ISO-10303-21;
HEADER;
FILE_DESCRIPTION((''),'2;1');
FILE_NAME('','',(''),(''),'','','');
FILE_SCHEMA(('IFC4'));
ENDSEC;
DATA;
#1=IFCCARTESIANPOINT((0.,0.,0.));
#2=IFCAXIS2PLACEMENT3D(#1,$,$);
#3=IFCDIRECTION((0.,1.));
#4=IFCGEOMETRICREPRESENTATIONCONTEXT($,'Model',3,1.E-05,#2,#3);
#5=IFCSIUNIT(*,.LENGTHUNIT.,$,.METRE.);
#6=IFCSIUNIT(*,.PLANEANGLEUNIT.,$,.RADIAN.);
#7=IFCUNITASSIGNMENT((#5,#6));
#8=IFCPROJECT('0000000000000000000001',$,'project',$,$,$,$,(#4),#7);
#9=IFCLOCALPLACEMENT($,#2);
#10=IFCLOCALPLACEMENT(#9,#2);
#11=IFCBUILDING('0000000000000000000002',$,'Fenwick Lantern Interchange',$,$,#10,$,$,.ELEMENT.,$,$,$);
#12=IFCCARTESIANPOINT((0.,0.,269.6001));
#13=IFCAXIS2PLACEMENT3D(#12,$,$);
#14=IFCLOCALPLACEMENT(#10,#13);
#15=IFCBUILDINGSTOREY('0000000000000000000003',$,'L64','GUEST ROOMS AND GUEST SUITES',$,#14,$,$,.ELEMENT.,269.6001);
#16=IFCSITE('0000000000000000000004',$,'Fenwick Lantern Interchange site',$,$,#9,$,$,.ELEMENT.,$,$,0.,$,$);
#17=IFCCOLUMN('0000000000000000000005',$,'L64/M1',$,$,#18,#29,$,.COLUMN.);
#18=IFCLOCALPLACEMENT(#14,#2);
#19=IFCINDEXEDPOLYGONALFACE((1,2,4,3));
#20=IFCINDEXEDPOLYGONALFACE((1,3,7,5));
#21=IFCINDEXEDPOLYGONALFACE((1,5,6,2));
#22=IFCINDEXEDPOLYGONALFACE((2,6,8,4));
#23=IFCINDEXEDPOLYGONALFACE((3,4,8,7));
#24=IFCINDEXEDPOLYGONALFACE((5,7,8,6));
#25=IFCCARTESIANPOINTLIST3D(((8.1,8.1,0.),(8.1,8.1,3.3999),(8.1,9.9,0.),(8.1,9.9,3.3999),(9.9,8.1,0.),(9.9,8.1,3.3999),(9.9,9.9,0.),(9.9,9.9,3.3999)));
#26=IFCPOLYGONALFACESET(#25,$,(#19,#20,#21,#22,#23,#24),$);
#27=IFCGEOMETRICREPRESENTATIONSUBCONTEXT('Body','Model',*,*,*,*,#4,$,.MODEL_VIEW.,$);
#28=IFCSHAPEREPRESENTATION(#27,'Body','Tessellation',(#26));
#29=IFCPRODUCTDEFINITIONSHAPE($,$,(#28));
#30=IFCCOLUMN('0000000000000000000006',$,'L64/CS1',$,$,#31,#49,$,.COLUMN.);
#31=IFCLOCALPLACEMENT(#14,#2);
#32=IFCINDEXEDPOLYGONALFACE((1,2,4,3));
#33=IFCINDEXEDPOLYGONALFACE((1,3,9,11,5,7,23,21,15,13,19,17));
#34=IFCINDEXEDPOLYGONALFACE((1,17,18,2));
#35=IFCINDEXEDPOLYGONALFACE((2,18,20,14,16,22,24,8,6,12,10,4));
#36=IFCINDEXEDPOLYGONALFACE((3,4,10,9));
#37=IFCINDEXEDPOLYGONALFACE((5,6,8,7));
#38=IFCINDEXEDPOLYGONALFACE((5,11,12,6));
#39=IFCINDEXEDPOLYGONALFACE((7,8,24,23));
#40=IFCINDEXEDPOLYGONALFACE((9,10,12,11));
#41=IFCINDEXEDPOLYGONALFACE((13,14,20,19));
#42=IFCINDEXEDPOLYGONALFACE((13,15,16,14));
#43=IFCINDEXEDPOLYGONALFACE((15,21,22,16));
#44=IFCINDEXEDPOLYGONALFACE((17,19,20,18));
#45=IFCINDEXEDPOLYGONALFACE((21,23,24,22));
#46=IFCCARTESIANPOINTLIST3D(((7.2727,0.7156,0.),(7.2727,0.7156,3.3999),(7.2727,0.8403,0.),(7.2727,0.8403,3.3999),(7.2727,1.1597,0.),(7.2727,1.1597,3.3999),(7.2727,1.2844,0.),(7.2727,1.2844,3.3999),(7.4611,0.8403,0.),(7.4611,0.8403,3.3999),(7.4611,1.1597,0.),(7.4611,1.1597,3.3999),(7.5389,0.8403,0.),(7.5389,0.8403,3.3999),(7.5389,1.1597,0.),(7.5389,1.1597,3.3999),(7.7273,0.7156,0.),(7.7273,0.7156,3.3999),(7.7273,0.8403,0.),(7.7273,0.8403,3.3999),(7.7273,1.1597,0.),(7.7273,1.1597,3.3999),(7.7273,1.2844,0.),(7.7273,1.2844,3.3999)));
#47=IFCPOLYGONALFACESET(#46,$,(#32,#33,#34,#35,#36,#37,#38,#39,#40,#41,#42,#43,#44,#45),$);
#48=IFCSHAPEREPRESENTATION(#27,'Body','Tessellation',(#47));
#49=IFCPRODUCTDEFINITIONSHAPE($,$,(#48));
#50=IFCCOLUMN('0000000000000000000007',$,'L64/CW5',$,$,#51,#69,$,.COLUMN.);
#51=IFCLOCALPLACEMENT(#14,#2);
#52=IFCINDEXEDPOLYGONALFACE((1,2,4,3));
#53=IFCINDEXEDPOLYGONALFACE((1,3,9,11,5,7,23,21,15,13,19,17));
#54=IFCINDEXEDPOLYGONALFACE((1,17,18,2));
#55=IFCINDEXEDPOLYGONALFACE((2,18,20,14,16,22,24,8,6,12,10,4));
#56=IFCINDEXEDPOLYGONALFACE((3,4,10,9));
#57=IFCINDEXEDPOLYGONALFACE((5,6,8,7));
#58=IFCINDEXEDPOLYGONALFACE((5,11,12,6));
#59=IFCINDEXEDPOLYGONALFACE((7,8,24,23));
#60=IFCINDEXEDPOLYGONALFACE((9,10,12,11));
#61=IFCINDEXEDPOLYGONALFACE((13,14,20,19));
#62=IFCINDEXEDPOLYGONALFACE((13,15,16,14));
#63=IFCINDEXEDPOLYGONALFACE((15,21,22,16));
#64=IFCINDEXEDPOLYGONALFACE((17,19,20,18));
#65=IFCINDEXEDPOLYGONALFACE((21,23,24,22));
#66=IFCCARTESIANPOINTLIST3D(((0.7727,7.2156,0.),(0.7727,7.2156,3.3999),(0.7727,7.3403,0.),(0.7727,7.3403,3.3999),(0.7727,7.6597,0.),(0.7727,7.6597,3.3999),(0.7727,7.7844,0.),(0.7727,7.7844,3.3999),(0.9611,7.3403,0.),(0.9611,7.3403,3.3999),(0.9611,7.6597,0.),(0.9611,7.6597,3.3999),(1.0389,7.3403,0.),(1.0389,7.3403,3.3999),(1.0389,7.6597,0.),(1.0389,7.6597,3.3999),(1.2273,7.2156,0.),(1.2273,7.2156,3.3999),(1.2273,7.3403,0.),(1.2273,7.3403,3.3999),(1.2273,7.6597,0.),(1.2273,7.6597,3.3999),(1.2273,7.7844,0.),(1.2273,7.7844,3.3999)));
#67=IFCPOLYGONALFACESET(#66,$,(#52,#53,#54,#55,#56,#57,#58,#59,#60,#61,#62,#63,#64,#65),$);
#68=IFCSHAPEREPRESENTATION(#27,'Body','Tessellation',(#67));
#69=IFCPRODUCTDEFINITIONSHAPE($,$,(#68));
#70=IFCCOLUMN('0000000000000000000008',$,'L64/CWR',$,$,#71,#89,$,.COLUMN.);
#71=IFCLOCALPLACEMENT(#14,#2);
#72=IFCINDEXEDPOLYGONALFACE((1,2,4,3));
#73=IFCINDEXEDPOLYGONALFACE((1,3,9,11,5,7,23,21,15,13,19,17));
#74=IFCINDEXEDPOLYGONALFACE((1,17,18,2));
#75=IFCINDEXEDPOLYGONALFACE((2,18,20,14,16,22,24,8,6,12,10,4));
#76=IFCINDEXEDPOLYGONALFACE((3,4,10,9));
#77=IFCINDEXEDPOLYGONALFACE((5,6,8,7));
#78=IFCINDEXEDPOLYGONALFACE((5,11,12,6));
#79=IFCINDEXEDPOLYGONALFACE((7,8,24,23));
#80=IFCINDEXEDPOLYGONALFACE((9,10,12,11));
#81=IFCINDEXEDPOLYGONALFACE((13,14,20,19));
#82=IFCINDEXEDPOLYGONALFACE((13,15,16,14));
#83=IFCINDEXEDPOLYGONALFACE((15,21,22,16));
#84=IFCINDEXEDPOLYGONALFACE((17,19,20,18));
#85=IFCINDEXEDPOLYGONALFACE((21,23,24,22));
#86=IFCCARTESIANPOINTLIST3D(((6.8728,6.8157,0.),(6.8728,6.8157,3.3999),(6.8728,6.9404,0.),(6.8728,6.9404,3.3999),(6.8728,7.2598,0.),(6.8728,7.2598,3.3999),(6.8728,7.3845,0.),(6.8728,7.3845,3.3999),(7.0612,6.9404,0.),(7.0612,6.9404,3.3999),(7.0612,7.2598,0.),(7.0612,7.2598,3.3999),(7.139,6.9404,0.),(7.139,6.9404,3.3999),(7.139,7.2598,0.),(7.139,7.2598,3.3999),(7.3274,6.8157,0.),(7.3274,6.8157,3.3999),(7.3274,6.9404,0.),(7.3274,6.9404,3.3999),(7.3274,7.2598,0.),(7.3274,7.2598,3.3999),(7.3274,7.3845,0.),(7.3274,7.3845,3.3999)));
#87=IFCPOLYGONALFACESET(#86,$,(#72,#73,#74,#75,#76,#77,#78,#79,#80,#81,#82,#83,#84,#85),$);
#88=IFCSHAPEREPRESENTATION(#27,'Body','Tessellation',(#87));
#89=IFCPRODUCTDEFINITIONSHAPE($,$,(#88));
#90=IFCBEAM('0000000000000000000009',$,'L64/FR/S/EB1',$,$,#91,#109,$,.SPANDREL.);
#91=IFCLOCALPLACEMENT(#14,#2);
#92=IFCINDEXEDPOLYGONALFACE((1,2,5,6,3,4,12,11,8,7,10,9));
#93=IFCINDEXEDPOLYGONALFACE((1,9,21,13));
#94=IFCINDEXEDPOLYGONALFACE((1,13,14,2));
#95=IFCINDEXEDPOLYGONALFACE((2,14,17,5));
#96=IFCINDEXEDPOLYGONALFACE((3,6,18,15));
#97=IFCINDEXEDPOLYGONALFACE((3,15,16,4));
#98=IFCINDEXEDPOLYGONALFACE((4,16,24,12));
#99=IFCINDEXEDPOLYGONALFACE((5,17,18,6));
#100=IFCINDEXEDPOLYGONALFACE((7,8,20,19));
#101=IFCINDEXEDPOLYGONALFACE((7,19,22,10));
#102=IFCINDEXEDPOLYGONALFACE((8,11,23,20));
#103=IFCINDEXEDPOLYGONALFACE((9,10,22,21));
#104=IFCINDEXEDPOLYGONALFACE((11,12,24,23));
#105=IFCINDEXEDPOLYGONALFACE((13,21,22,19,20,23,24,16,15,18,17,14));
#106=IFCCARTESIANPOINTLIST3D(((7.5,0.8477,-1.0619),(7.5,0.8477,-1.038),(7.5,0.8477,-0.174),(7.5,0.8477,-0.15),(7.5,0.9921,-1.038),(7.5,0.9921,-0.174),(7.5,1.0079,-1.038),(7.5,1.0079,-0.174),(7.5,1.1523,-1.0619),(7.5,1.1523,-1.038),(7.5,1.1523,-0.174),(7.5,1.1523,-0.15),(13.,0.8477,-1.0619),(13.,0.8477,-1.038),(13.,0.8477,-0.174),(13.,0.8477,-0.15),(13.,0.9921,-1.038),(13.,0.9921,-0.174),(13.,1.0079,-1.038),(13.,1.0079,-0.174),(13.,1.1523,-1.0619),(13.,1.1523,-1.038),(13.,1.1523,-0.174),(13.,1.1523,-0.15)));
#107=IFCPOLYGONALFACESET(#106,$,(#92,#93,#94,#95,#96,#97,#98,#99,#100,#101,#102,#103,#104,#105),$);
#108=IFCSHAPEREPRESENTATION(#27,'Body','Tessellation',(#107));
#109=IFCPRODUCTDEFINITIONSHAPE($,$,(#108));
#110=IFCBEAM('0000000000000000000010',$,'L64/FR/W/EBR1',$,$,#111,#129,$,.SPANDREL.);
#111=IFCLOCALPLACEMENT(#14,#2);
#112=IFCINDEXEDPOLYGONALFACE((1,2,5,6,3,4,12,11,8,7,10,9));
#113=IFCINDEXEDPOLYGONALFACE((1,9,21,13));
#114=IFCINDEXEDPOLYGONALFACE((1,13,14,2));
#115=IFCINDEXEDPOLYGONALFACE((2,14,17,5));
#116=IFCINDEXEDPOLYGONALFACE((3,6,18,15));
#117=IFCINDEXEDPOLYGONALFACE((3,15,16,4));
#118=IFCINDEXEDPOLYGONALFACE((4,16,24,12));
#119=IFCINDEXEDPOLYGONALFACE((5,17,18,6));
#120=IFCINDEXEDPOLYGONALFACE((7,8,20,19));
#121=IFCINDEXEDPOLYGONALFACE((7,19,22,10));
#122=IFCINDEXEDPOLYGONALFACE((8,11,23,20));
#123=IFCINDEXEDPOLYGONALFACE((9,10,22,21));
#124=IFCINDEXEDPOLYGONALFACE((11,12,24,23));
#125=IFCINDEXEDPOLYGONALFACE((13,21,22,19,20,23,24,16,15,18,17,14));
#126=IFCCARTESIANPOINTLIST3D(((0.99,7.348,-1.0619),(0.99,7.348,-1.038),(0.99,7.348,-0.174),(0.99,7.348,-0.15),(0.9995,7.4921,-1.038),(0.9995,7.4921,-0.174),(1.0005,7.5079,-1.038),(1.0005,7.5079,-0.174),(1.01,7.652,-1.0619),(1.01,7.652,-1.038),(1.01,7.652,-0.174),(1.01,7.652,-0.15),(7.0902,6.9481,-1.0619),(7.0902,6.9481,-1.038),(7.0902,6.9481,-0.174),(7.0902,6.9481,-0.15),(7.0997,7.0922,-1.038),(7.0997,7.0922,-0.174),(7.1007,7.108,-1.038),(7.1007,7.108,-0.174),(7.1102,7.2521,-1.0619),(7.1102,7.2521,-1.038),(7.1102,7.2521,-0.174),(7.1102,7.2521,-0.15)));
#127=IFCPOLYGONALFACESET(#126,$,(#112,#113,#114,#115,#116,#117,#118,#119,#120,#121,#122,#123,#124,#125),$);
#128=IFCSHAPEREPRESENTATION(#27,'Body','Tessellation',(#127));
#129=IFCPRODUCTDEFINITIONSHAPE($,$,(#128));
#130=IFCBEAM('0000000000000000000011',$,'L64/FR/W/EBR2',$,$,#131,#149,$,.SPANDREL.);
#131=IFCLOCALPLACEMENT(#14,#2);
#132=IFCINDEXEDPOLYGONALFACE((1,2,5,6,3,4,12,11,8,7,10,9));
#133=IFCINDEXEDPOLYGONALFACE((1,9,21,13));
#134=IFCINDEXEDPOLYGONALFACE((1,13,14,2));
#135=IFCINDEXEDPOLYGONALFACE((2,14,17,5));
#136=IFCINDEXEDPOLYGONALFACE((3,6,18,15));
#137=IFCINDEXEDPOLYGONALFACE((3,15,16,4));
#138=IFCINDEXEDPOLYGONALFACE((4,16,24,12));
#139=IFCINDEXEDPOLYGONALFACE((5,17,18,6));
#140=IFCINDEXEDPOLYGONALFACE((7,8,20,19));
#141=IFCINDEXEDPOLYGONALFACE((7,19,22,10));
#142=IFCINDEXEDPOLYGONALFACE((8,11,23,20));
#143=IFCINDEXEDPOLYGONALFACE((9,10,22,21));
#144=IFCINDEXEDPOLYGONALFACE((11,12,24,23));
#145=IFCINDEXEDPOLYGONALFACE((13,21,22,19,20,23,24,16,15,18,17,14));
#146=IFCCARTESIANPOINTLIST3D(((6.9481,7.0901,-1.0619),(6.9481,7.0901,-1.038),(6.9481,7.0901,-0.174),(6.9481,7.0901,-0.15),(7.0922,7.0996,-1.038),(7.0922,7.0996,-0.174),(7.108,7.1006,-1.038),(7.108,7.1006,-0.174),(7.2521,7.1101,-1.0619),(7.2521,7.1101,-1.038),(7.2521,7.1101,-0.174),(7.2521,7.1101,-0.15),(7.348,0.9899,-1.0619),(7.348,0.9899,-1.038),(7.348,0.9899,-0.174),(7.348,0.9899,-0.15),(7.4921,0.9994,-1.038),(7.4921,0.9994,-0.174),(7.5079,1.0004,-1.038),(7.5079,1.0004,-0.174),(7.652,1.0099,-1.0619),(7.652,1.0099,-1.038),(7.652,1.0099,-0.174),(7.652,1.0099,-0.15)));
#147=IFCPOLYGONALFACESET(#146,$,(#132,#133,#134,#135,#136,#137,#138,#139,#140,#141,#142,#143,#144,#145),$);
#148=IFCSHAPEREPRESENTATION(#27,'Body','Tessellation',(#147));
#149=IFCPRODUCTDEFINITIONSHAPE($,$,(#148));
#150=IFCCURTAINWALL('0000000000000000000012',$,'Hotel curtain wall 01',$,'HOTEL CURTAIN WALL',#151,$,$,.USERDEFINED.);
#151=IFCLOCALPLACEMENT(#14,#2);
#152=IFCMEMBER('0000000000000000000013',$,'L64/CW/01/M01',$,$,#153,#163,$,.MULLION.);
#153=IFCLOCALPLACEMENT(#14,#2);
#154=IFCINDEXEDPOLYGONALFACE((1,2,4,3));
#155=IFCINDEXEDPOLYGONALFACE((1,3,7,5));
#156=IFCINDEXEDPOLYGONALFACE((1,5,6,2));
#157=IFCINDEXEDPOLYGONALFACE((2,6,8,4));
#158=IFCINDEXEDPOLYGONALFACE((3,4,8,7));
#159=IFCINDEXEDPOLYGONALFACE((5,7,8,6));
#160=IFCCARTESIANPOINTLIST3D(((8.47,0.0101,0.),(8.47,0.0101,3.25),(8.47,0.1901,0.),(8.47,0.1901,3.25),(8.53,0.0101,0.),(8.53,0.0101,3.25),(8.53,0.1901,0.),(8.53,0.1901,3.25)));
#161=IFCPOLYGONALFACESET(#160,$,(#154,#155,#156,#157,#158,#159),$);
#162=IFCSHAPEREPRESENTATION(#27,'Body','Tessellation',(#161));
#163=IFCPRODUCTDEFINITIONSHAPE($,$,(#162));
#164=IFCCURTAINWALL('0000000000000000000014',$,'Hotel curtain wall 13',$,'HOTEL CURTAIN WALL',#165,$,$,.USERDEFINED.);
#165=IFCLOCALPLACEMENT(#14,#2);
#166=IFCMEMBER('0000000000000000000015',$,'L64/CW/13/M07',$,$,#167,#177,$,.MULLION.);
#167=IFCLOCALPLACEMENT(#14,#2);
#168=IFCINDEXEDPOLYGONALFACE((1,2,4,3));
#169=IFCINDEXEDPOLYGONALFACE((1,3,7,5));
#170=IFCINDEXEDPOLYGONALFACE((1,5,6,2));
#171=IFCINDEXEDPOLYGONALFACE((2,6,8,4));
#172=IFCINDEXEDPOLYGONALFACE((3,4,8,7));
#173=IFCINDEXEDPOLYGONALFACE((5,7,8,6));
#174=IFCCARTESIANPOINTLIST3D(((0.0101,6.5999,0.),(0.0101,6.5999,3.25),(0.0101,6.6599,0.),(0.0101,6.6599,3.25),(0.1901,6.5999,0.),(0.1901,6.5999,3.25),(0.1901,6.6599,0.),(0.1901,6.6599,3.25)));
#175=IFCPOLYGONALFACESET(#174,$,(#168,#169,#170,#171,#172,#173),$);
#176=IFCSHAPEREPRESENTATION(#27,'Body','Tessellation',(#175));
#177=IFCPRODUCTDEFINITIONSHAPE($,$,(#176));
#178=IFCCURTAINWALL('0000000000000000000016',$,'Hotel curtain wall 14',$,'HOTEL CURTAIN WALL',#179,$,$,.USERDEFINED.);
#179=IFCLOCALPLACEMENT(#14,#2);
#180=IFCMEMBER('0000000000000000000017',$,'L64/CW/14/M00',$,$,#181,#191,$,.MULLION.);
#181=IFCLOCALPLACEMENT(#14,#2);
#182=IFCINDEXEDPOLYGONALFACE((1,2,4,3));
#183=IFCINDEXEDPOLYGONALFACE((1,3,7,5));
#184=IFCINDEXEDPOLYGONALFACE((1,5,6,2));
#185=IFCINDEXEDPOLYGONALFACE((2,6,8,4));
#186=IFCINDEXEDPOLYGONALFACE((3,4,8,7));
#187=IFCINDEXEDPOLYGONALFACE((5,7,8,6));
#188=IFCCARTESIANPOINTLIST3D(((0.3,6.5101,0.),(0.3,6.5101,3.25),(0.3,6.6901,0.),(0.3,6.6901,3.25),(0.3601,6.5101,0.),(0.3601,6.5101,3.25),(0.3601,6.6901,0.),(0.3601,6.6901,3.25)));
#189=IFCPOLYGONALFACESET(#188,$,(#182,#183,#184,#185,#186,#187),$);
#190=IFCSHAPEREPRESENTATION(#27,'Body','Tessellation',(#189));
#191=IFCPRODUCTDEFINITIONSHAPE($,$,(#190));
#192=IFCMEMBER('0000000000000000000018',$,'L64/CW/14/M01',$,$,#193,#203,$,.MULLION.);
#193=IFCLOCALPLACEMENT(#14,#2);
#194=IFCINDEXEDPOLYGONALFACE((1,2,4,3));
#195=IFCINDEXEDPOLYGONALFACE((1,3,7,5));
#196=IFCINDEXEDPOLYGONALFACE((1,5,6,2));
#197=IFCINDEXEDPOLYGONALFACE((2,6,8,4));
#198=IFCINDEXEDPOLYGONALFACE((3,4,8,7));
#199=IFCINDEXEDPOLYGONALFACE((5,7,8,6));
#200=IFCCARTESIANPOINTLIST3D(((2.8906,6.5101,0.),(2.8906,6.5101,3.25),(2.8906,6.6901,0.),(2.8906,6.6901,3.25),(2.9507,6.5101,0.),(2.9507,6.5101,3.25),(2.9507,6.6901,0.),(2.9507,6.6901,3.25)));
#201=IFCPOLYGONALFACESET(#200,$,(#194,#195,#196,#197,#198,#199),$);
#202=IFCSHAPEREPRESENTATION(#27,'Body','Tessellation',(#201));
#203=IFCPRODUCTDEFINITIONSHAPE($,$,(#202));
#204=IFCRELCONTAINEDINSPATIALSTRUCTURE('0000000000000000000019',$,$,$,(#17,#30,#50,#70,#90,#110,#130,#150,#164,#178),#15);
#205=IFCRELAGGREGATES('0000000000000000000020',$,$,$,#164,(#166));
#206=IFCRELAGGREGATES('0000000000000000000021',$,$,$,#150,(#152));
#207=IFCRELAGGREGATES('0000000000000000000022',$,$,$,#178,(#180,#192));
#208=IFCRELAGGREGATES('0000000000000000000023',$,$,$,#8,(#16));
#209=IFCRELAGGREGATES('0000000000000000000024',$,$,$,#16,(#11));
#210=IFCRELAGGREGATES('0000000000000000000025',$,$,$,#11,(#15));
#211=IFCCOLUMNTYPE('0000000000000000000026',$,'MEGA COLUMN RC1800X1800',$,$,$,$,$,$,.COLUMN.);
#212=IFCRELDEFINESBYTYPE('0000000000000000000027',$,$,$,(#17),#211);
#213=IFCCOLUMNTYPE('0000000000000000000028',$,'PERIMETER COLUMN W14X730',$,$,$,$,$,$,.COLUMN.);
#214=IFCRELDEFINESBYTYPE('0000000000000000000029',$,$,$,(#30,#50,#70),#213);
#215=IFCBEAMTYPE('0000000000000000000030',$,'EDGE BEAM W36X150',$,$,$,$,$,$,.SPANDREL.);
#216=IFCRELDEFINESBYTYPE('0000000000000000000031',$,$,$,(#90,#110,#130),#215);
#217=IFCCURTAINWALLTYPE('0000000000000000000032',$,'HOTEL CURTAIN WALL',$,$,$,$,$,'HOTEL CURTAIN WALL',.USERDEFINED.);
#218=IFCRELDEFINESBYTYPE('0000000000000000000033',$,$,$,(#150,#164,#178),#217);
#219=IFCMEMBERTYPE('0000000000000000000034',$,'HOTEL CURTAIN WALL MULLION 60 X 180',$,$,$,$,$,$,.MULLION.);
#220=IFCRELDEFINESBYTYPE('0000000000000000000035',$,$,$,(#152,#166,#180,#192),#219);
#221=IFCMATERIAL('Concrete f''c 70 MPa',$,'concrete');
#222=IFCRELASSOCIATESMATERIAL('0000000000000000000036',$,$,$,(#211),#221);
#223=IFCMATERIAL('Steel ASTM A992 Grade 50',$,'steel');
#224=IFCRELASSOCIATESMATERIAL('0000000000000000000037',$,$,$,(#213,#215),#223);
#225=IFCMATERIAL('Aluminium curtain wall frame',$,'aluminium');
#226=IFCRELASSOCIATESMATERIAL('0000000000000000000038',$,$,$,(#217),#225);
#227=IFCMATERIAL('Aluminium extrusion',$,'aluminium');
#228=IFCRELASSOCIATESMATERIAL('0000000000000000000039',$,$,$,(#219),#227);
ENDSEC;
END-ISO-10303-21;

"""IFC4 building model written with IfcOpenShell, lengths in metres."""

from ifc_helpers import new_model, si_unit, direction, frame, origin, origin_2d, place, context, subcontext, project, spatial, rectangle, i_section, extrude, material, material_profile, profile_set, type_object, element, aggregate, save


model = new_model("IFC4")

# Units and contexts
model_context = context("Model", 3, precision=1e-05, world=origin(), true_north=direction((0.0, 1.0)))
body_context = subcontext(model_context, "Body", "Model", "MODEL_VIEW")
ifc_project = project(units=[si_unit("LENGTHUNIT", "METRE"), si_unit("PLANEANGLEUNIT", "RADIAN")], contexts=[model_context])

# Site, building, storey
site_placement = place(None, origin())
site = spatial("IfcSite", under=ifc_project, at=site_placement, Name="Fenwick Lantern Interchange site", CompositionType="ELEMENT", RefElevation=0.0)
building_placement = place(site_placement, origin())
building = spatial("IfcBuilding", under=site, at=building_placement, Name="Fenwick Lantern Interchange", CompositionType="ELEMENT")
storey_placement = place(building_placement, frame((0.0, 0.0, 269.6001)))
storey = spatial("IfcBuildingStorey", under=building, at=storey_placement, Name="L64", Description="GUEST ROOMS AND GUEST SUITES", CompositionType="ELEMENT", Elevation=269.6001)

# Columns
ifc_material_1 = material(Name="Concrete f'c 70 MPa", Category="concrete")
ifc_material_profile_1 = material_profile(ifc_material_1, rectangle(XDim=1.8, YDim=1.8, at=origin_2d()), Name="RC1800X1800")
ifc_profile_set_1 = profile_set([ifc_material_profile_1], Name="Concrete f'c 70 MPa")
column_type_1 = type_object("IfcColumnType", Name="MEGA COLUMN RC1800X1800", PredefinedType="COLUMN", material=ifc_profile_set_1)
column_placement = place(storey_placement, frame((9.0, 9.0, 0.0), z_axis=(0.0, 0.0, 1.0), x_axis=(1.0, 0.0, 0.0)))
element("IfcColumn", 1, at=column_placement, inside=storey, type_object=column_type_1, Name="L64/M1", PredefinedType="COLUMN", context=body_context, shape_type="SweptSolid", body=[
    extrude(rectangle(XDim=1.8, YDim=1.8, at=origin_2d()), origin(), (0.0, 0.0, 1.0), 3.3999),
])
ifc_material_2 = material(Name="Steel ASTM A992 Grade 50", Category="steel")
ifc_material_profile_2 = material_profile(ifc_material_2, i_section(OverallWidth=0.4546, OverallDepth=0.5688, WebThickness=0.0779, FlangeThickness=0.1248, at=origin_2d()), Name="W14X730")
ifc_profile_set_2 = profile_set([ifc_material_profile_2], Name="Steel ASTM A992 Grade 50")
column_type_2 = type_object("IfcColumnType", Name="PERIMETER COLUMN W14X730", PredefinedType="COLUMN", material=ifc_profile_set_2)
for number, where, z_axis, x_axis, name in (
    (2, (7.5, 1.0, 0.0), (0.0, 0.0, 1.0), (1.0, 0.0, 0.0), "L64/CS1"),
    (3, (1.0, 7.5, 0.0), (0.0, 0.0, 1.0), (1.0, 0.0, 0.0), "L64/CW5"),
    (4, (7.1001, 7.1001, 0.0), (0.0, 0.0, 1.0), (1.0, 0.0, 0.0), "L64/CWR"),
):
    element("IfcColumn", number, at=place(storey_placement, frame(where, z_axis=z_axis, x_axis=x_axis)), inside=storey, type_object=column_type_2, Name=name, PredefinedType="COLUMN", context=body_context, shape_type="SweptSolid", body=[
        extrude(i_section(OverallWidth=0.4546, OverallDepth=0.5688, WebThickness=0.0779, FlangeThickness=0.1248, at=origin_2d()), origin(), (0.0, 0.0, 1.0), 3.3999),
    ])

# Beams
ifc_material_profile_3 = material_profile(ifc_material_2, i_section(OverallWidth=0.3047, OverallDepth=0.9119, WebThickness=0.0159, FlangeThickness=0.0239, at=origin_2d()), Name="W36X150")
ifc_profile_set_3 = profile_set([ifc_material_profile_3], Name="Steel ASTM A992 Grade 50")
beam_type_1 = type_object("IfcBeamType", Name="EDGE BEAM W36X150", PredefinedType="SPANDREL", material=ifc_profile_set_3)
beam_1_placement = place(storey_placement, frame((7.5, 1.0, -0.606), z_axis=(1.0, 0.0, 0.0), x_axis=(0.0, 1.0, 0.0)))
element("IfcBeam", 5, at=beam_1_placement, inside=storey, type_object=beam_type_1, Name="L64/FR/S/EB1", PredefinedType="SPANDREL", context=body_context, shape_type="SweptSolid", body=[
    extrude(i_section(OverallWidth=0.3047, OverallDepth=0.9119, WebThickness=0.0159, FlangeThickness=0.0239, at=origin_2d()), origin(), (0.0, 0.0, 1.0), 5.5),
])
for number, where, z_axis, x_axis, name in (
    (6, (1.0, 7.5, -0.606), (0.997858, -0.065416, 0.0), (0.065416, 0.997858, 0.0), "L64/FR/W/EBR1"),
    (7, (7.1001, 7.1001, -0.606), (0.065416, -0.997858, 0.0), (0.997858, 0.065416, 0.0), "L64/FR/W/EBR2"),
):
    element("IfcBeam", number, at=place(storey_placement, frame(where, z_axis=z_axis, x_axis=x_axis)), inside=storey, type_object=beam_type_1, Name=name, PredefinedType="SPANDREL", context=body_context, shape_type="SweptSolid", body=[
        extrude(i_section(OverallWidth=0.3047, OverallDepth=0.9119, WebThickness=0.0159, FlangeThickness=0.0239, at=origin_2d()), origin(), (0.0, 0.0, 1.0), 6.1133),
    ])

# Curtain walls, members
ifc_material_3 = material(Name="Aluminium curtain wall frame", Category="aluminium")
curtain_wall_type = type_object("IfcCurtainWallType", Name="HOTEL CURTAIN WALL", ElementType="HOTEL CURTAIN WALL", PredefinedType="USERDEFINED", material=ifc_material_3)
curtain_wall_1_placement = place(storey_placement, origin())
curtain_wall_1 = element("IfcCurtainWall", 8, at=curtain_wall_1_placement, inside=storey, type_object=curtain_wall_type, Name="Hotel curtain wall 01", ObjectType="HOTEL CURTAIN WALL", PredefinedType="USERDEFINED")
ifc_material_4 = material(Name="Aluminium extrusion", Category="aluminium")
ifc_material_profile_4 = material_profile(ifc_material_4, rectangle(XDim=0.1799, YDim=0.0601, at=origin_2d()), Name="HOTEL CURTAIN WALL MULLION 60 X 180")
ifc_profile_set_4 = profile_set([ifc_material_profile_4], Name="Aluminium extrusion")
member_type_1 = type_object("IfcMemberType", Name="HOTEL CURTAIN WALL MULLION 60 X 180", PredefinedType="MULLION", material=ifc_profile_set_4)
member_1_placement = place(storey_placement, frame((8.5, 0.1001, 0.0), z_axis=(0.0, 0.0, 1.0), x_axis=(0.0, 1.0, 0.0)))
member_1 = element("IfcMember", 9, at=member_1_placement, type_object=member_type_1, Name="L64/CW/01/M01", PredefinedType="MULLION", context=body_context, shape_type="SweptSolid", body=[
    extrude(rectangle(XDim=0.1799, YDim=0.0601, at=origin_2d()), origin(), (0.0, 0.0, 1.0), 3.25),
])
curtain_wall_2_placement = place(storey_placement, origin())
curtain_wall_2 = element("IfcCurtainWall", 10, at=curtain_wall_2_placement, inside=storey, type_object=curtain_wall_type, Name="Hotel curtain wall 13", ObjectType="HOTEL CURTAIN WALL", PredefinedType="USERDEFINED")
member_2_placement = place(storey_placement, frame((0.1001, 6.6299, 0.0), z_axis=(0.0, 0.0, 1.0), x_axis=(1.0, 0.0, 0.0)))
member_2 = element("IfcMember", 11, at=member_2_placement, type_object=member_type_1, Name="L64/CW/13/M07", PredefinedType="MULLION", context=body_context, shape_type="SweptSolid", body=[
    extrude(rectangle(XDim=0.1799, YDim=0.0601, at=origin_2d()), origin(), (0.0, 0.0, 1.0), 3.25),
])
aggregate(curtain_wall_2, [member_2])

# Curtain wall, members
curtain_wall_3_placement = place(storey_placement, origin())
curtain_wall_3 = element("IfcCurtainWall", 12, at=curtain_wall_3_placement, inside=storey, type_object=curtain_wall_type, Name="Hotel curtain wall 14", ObjectType="HOTEL CURTAIN WALL", PredefinedType="USERDEFINED")
member_3_placement = place(storey_placement, frame((0.3301, 6.6001, 0.0), z_axis=(0.0, 0.0, 1.0), x_axis=(0.0, 1.0, 0.0)))
member_3 = element("IfcMember", 13, at=member_3_placement, type_object=member_type_1, Name="L64/CW/14/M00", PredefinedType="MULLION", context=body_context, shape_type="SweptSolid", body=[
    extrude(rectangle(XDim=0.1799, YDim=0.0601, at=origin_2d()), origin(), (0.0, 0.0, 1.0), 3.25),
])
member_4_placement = place(storey_placement, frame((2.9207, 6.6001, 0.0), z_axis=(0.0, 0.0, 1.0), x_axis=(0.0, 1.0, 0.0)))
member_4 = element("IfcMember", 14, at=member_4_placement, type_object=member_type_1, Name="L64/CW/14/M01", PredefinedType="MULLION", context=body_context, shape_type="SweptSolid", body=[
    extrude(rectangle(XDim=0.1799, YDim=0.0601, at=origin_2d()), origin(), (0.0, 0.0, 1.0), 3.25),
])

aggregate(curtain_wall_1, [member_1])
aggregate(curtain_wall_3, [member_3, member_4])

save(model, "model.ifc")
